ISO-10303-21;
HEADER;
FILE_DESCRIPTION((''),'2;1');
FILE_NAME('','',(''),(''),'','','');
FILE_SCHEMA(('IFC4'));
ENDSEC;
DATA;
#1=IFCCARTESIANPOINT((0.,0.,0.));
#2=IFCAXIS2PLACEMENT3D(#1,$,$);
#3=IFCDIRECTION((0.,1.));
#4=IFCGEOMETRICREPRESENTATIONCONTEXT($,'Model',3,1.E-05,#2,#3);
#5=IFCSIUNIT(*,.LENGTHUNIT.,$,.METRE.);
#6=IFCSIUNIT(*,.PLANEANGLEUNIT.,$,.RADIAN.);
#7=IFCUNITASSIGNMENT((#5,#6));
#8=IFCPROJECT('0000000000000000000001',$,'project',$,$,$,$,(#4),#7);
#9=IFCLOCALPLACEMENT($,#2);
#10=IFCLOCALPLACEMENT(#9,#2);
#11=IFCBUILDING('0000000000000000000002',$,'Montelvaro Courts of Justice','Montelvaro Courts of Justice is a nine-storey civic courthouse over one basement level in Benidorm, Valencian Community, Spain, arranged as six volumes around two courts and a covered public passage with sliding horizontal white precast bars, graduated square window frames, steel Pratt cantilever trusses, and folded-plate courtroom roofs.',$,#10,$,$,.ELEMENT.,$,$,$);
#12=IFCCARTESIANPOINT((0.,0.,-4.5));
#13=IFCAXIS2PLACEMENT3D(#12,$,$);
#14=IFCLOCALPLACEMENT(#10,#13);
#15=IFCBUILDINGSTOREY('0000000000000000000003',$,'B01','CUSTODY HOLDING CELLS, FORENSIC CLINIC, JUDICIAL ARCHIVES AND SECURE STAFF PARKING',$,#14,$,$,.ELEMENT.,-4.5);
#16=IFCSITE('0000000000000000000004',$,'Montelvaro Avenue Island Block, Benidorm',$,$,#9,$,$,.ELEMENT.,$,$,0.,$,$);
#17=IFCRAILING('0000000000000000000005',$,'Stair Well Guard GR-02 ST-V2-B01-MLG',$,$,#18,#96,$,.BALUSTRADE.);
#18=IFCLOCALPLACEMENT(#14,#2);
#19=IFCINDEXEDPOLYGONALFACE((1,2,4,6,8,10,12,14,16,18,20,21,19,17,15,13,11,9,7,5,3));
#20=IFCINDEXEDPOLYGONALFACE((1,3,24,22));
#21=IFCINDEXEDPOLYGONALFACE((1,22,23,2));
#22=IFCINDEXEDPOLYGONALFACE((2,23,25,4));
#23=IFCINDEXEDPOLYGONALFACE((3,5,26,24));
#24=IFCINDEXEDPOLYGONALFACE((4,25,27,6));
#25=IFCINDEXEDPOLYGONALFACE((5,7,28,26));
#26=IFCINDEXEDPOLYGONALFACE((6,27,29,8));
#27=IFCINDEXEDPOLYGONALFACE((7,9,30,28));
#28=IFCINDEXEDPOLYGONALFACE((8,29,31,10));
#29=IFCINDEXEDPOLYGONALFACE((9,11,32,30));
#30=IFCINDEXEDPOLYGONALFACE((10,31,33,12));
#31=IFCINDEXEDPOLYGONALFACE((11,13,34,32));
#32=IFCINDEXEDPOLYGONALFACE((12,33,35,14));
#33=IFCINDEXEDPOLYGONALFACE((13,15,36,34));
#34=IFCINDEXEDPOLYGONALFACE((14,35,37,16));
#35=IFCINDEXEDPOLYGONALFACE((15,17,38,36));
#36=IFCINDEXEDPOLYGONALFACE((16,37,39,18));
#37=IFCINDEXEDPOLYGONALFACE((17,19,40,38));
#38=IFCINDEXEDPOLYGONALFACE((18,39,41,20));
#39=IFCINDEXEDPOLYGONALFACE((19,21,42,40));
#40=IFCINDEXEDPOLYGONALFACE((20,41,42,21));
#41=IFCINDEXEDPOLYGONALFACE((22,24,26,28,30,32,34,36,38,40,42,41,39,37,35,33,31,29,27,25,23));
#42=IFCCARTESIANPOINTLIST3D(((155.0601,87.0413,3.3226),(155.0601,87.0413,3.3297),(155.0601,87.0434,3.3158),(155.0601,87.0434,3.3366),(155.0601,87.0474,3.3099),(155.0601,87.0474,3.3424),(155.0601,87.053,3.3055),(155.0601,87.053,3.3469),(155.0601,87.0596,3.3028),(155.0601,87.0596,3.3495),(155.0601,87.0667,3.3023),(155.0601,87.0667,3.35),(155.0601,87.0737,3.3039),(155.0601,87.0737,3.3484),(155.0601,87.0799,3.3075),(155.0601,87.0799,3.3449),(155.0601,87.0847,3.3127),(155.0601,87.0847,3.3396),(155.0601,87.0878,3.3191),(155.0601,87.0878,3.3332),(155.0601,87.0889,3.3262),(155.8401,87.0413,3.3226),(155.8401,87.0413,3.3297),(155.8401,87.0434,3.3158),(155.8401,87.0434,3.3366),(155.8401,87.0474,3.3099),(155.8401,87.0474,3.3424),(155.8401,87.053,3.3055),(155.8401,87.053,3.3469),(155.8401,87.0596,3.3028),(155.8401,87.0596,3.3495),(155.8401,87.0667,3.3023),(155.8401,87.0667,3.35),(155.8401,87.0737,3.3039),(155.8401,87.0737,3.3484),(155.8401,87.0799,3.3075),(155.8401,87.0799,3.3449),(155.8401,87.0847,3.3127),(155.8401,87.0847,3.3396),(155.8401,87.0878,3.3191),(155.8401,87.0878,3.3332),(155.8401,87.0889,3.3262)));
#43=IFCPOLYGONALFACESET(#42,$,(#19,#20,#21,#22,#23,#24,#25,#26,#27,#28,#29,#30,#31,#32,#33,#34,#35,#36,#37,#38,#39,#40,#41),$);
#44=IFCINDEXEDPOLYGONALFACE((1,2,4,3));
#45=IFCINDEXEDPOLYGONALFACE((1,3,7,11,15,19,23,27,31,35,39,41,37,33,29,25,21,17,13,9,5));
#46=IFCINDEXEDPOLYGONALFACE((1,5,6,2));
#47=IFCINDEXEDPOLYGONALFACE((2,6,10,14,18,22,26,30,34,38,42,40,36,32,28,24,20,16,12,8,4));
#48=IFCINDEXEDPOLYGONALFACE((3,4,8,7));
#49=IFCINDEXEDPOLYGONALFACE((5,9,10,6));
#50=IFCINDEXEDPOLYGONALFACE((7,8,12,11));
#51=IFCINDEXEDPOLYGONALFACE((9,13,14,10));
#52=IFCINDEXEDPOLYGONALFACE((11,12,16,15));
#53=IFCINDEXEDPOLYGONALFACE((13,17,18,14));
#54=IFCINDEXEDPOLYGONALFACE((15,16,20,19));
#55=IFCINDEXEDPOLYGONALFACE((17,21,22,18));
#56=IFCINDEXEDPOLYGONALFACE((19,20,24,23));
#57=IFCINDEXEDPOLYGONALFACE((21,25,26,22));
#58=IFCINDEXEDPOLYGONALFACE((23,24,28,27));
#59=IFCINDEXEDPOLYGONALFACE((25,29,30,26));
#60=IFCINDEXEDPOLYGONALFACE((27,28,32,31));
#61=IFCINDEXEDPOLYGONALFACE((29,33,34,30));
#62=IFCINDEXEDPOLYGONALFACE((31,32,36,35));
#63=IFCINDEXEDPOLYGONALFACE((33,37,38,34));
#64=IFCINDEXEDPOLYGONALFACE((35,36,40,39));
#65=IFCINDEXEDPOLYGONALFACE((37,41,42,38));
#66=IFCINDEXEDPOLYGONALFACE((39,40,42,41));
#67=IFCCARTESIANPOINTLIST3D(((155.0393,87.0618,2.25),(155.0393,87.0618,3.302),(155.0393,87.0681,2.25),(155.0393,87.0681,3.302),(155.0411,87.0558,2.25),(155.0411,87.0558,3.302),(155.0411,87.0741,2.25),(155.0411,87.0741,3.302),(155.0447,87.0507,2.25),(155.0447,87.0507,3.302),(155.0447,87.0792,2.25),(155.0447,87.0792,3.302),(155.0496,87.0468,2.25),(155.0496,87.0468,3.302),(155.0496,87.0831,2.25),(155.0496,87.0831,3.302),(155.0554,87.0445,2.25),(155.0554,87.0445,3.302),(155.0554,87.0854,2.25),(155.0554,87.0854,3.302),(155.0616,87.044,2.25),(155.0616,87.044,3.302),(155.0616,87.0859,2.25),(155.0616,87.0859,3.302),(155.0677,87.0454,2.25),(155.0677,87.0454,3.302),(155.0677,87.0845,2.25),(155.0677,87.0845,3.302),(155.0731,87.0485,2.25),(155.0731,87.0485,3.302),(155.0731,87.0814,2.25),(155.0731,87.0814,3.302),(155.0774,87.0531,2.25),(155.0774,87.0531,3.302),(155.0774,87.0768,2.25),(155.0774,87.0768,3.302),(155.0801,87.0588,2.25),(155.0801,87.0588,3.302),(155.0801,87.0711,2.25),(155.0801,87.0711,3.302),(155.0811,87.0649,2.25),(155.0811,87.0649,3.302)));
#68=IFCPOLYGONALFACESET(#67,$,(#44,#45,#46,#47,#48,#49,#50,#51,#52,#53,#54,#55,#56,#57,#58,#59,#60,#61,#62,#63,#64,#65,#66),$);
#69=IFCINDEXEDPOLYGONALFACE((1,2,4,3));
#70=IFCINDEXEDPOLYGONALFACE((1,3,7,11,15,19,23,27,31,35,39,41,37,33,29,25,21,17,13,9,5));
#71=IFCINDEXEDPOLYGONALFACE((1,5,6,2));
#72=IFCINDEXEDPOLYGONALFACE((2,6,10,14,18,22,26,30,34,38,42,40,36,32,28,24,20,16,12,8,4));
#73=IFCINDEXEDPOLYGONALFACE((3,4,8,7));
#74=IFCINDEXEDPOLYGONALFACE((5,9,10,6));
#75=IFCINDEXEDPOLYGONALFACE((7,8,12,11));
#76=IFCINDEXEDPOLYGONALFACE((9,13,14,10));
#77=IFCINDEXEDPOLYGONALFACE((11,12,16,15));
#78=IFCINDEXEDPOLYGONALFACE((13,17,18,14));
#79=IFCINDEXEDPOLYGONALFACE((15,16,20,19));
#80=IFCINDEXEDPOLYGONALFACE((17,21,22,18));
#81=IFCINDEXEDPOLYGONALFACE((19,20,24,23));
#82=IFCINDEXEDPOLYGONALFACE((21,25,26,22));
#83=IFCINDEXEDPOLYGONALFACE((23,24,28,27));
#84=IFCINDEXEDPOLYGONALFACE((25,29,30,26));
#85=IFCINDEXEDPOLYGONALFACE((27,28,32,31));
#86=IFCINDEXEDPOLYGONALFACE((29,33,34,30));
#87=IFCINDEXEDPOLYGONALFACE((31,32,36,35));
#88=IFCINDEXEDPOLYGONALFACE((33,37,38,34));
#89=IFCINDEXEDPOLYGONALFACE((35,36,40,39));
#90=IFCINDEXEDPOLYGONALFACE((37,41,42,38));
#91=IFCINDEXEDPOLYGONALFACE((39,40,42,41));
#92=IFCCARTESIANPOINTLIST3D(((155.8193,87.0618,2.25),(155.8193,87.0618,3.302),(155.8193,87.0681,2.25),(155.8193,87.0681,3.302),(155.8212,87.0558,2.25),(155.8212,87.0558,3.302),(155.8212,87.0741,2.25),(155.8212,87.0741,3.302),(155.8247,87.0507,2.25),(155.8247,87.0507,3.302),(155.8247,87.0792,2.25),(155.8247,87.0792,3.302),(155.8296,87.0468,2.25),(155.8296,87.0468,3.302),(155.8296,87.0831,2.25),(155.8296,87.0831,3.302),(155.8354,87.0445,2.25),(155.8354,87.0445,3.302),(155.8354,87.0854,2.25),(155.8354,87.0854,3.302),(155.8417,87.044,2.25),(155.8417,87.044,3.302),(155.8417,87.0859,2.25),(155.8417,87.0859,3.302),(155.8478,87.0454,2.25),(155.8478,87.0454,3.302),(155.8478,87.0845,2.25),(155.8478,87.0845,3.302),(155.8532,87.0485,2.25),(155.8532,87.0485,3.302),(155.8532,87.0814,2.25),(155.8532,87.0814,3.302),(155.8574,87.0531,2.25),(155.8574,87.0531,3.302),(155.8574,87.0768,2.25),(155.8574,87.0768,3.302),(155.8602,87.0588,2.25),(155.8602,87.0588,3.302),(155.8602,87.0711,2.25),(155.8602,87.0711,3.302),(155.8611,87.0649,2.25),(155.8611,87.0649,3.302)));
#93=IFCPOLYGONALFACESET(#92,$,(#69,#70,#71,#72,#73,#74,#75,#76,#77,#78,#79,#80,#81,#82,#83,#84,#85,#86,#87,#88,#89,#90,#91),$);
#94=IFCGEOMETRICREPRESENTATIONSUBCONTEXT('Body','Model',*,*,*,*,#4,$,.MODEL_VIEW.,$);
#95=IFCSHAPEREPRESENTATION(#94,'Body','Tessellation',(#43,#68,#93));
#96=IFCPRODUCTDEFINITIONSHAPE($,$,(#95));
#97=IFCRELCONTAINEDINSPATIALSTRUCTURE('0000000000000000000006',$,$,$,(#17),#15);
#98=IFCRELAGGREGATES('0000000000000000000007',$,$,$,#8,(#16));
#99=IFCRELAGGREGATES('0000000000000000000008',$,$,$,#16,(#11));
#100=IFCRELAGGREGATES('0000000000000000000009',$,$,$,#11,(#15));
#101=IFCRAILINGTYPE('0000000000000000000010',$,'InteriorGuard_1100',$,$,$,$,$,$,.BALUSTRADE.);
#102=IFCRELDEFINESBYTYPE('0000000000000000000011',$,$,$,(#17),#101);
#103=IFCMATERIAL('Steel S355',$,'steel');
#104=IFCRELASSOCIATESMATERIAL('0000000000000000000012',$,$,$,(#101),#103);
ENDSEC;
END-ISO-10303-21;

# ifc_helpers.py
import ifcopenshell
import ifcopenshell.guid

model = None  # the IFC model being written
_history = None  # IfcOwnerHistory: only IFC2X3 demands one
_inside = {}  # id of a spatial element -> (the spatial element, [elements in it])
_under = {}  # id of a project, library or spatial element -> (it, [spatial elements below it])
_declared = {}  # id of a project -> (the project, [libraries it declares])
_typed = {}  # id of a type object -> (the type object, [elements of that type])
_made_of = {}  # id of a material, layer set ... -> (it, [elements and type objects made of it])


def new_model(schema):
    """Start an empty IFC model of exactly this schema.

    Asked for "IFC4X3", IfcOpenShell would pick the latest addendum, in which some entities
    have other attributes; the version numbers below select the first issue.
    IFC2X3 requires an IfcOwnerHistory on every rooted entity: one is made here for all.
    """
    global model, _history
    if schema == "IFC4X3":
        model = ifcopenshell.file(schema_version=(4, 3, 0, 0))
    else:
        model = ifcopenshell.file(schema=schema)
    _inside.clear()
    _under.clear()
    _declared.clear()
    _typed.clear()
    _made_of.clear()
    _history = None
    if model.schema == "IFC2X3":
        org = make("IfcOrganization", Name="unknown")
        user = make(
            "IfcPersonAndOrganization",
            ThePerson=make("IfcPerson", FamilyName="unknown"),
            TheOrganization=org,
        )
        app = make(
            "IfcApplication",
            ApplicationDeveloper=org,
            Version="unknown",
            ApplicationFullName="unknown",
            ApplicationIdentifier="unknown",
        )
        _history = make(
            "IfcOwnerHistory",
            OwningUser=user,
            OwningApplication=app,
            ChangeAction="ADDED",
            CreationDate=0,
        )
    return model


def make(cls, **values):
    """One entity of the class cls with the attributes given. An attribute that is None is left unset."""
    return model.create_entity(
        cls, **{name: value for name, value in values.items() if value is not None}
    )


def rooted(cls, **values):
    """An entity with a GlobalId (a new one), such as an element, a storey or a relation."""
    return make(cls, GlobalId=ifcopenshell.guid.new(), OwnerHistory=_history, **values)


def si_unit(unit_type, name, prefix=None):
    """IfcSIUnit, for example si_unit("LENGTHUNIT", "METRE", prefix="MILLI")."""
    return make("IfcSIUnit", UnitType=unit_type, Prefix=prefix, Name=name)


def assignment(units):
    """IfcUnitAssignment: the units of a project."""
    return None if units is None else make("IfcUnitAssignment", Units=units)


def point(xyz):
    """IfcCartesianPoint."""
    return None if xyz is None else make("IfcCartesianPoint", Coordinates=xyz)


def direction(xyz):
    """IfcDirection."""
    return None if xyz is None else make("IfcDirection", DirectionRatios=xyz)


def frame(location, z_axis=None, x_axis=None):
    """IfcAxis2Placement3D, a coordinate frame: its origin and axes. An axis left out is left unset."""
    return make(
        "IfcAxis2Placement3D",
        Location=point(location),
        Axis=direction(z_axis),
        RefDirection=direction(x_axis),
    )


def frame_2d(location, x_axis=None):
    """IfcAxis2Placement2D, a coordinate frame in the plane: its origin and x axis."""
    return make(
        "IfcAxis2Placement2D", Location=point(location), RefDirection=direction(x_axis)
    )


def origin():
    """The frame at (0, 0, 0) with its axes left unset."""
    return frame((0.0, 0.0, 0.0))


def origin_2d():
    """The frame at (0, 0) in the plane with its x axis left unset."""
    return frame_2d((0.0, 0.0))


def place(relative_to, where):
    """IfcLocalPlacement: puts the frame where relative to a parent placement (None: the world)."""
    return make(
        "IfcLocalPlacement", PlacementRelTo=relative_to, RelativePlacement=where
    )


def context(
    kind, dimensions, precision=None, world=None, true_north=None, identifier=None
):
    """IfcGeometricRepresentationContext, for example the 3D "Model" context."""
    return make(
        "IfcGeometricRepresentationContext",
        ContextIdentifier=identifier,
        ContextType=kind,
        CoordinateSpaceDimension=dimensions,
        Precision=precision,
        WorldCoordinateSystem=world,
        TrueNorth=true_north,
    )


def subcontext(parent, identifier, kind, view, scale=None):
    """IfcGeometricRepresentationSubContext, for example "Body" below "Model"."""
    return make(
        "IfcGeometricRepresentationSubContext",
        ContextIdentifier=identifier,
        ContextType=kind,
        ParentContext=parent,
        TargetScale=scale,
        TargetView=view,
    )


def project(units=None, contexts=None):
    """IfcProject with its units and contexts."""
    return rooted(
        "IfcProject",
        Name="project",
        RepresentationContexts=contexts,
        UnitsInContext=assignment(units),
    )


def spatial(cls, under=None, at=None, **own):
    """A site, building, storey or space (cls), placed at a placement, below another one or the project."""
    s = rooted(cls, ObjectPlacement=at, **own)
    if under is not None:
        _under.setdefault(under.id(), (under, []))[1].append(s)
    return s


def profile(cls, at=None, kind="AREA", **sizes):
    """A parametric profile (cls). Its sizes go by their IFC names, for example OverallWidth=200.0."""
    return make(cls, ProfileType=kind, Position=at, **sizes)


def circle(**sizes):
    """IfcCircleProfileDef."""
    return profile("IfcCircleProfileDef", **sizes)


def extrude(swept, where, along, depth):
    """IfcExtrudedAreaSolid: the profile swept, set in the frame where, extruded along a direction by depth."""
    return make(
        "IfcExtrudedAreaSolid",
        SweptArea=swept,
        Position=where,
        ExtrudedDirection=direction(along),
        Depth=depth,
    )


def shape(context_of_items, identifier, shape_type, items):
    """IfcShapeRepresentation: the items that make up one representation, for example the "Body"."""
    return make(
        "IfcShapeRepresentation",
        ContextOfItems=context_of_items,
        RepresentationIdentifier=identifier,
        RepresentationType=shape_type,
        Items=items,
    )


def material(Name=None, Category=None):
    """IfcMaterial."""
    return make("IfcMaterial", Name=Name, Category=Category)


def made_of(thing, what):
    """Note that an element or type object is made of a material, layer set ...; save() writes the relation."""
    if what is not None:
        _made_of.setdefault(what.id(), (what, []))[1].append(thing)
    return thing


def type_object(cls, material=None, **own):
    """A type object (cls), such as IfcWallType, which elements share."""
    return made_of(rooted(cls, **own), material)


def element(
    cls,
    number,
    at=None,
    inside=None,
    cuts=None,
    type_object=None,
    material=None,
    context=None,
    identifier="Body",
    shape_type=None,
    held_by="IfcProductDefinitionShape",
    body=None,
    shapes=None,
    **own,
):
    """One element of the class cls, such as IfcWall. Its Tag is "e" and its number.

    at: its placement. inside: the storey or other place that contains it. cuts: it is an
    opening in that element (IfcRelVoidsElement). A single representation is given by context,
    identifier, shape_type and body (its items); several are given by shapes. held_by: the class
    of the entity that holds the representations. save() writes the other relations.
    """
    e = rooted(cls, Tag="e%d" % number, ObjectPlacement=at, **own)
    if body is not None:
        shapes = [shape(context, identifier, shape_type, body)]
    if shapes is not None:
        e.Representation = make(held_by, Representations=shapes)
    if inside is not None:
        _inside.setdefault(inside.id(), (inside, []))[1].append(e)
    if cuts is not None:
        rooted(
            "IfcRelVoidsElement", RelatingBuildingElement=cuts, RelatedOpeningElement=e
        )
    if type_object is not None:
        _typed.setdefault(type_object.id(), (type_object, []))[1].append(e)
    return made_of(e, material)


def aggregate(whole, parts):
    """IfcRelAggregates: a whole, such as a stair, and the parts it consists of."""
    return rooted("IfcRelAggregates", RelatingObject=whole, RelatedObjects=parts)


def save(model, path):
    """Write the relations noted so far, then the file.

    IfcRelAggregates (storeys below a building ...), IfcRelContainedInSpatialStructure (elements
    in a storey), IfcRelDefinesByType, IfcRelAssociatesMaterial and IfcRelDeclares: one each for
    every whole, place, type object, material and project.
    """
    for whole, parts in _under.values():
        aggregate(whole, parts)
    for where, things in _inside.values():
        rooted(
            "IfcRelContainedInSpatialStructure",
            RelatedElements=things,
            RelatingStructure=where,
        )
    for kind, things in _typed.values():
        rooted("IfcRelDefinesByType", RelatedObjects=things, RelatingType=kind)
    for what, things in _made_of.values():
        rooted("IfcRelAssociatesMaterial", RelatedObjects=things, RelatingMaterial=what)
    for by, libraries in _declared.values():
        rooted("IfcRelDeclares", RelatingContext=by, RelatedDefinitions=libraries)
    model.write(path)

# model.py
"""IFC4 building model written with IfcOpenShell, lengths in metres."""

from ifc_helpers import new_model, si_unit, direction, frame, origin, origin_2d, place, context, subcontext, project, spatial, circle, extrude, material, type_object, element, save


model = new_model("IFC4")

# Units and contexts
model_context = context("Model", 3, precision=1e-05, world=origin(), true_north=direction((0.0, 1.0)))
body_context = subcontext(model_context, "Body", "Model", "MODEL_VIEW")
ifc_project = project(units=[si_unit("LENGTHUNIT", "METRE"), si_unit("PLANEANGLEUNIT", "RADIAN")], contexts=[model_context])

# Site, building, storey
site_placement = place(None, origin())
site = spatial("IfcSite", under=ifc_project, at=site_placement, Name="Montelvaro Avenue Island Block, Benidorm", CompositionType="ELEMENT", RefElevation=0.0)
building_placement = place(site_placement, origin())
building = spatial("IfcBuilding", under=site, at=building_placement, Name="Montelvaro Courts of Justice", Description="Montelvaro Courts of Justice is a nine-storey civic courthouse over one basement level in Benidorm, Valencian Community, Spain, arranged as six volumes around two courts and a covered public passage with sliding horizontal white precast bars, graduated square window frames, steel Pratt cantilever trusses, and folded-plate courtroom roofs.", CompositionType="ELEMENT")
storey_placement = place(building_placement, frame((0.0, 0.0, -4.5)))
storey = spatial("IfcBuildingStorey", under=building, at=storey_placement, Name="B01", Description="CUSTODY HOLDING CELLS, FORENSIC CLINIC, JUDICIAL ARCHIVES AND SECURE STAFF PARKING", CompositionType="ELEMENT", Elevation=-4.5)

# Shared definitions
ifc_material_1 = material(Name="Steel S355", Category="steel")

# Railing
railing_type_1 = type_object("IfcRailingType", Name="InteriorGuard_1100", PredefinedType="BALUSTRADE", material=ifc_material_1)
railing_1_placement = place(storey_placement, frame((155.0601, 87.0649, 2.25)))
element("IfcRailing", 1, at=railing_1_placement, inside=storey, type_object=railing_type_1, Name="Stair Well Guard GR-02 ST-V2-B01-MLG", PredefinedType="BALUSTRADE", context=body_context, shape_type="SweptSolid", body=[
    extrude(circle(Radius=0.0239, at=origin_2d()), frame((0.0, 0.0, 1.0762), z_axis=(1.0, 0.0, 0.0), x_axis=(0.0, 1.0, 0.0)), (0.0, 0.0, 1.0), 0.78),
    extrude(circle(Radius=0.021, at=origin_2d()), origin(), (0.0, 0.0, 1.0), 1.052),
    extrude(circle(Radius=0.021, at=origin_2d()), frame((0.78, 0.0, 0.0)), (0.0, 0.0, 1.0), 1.052),
])

save(model, "model.ifc")
